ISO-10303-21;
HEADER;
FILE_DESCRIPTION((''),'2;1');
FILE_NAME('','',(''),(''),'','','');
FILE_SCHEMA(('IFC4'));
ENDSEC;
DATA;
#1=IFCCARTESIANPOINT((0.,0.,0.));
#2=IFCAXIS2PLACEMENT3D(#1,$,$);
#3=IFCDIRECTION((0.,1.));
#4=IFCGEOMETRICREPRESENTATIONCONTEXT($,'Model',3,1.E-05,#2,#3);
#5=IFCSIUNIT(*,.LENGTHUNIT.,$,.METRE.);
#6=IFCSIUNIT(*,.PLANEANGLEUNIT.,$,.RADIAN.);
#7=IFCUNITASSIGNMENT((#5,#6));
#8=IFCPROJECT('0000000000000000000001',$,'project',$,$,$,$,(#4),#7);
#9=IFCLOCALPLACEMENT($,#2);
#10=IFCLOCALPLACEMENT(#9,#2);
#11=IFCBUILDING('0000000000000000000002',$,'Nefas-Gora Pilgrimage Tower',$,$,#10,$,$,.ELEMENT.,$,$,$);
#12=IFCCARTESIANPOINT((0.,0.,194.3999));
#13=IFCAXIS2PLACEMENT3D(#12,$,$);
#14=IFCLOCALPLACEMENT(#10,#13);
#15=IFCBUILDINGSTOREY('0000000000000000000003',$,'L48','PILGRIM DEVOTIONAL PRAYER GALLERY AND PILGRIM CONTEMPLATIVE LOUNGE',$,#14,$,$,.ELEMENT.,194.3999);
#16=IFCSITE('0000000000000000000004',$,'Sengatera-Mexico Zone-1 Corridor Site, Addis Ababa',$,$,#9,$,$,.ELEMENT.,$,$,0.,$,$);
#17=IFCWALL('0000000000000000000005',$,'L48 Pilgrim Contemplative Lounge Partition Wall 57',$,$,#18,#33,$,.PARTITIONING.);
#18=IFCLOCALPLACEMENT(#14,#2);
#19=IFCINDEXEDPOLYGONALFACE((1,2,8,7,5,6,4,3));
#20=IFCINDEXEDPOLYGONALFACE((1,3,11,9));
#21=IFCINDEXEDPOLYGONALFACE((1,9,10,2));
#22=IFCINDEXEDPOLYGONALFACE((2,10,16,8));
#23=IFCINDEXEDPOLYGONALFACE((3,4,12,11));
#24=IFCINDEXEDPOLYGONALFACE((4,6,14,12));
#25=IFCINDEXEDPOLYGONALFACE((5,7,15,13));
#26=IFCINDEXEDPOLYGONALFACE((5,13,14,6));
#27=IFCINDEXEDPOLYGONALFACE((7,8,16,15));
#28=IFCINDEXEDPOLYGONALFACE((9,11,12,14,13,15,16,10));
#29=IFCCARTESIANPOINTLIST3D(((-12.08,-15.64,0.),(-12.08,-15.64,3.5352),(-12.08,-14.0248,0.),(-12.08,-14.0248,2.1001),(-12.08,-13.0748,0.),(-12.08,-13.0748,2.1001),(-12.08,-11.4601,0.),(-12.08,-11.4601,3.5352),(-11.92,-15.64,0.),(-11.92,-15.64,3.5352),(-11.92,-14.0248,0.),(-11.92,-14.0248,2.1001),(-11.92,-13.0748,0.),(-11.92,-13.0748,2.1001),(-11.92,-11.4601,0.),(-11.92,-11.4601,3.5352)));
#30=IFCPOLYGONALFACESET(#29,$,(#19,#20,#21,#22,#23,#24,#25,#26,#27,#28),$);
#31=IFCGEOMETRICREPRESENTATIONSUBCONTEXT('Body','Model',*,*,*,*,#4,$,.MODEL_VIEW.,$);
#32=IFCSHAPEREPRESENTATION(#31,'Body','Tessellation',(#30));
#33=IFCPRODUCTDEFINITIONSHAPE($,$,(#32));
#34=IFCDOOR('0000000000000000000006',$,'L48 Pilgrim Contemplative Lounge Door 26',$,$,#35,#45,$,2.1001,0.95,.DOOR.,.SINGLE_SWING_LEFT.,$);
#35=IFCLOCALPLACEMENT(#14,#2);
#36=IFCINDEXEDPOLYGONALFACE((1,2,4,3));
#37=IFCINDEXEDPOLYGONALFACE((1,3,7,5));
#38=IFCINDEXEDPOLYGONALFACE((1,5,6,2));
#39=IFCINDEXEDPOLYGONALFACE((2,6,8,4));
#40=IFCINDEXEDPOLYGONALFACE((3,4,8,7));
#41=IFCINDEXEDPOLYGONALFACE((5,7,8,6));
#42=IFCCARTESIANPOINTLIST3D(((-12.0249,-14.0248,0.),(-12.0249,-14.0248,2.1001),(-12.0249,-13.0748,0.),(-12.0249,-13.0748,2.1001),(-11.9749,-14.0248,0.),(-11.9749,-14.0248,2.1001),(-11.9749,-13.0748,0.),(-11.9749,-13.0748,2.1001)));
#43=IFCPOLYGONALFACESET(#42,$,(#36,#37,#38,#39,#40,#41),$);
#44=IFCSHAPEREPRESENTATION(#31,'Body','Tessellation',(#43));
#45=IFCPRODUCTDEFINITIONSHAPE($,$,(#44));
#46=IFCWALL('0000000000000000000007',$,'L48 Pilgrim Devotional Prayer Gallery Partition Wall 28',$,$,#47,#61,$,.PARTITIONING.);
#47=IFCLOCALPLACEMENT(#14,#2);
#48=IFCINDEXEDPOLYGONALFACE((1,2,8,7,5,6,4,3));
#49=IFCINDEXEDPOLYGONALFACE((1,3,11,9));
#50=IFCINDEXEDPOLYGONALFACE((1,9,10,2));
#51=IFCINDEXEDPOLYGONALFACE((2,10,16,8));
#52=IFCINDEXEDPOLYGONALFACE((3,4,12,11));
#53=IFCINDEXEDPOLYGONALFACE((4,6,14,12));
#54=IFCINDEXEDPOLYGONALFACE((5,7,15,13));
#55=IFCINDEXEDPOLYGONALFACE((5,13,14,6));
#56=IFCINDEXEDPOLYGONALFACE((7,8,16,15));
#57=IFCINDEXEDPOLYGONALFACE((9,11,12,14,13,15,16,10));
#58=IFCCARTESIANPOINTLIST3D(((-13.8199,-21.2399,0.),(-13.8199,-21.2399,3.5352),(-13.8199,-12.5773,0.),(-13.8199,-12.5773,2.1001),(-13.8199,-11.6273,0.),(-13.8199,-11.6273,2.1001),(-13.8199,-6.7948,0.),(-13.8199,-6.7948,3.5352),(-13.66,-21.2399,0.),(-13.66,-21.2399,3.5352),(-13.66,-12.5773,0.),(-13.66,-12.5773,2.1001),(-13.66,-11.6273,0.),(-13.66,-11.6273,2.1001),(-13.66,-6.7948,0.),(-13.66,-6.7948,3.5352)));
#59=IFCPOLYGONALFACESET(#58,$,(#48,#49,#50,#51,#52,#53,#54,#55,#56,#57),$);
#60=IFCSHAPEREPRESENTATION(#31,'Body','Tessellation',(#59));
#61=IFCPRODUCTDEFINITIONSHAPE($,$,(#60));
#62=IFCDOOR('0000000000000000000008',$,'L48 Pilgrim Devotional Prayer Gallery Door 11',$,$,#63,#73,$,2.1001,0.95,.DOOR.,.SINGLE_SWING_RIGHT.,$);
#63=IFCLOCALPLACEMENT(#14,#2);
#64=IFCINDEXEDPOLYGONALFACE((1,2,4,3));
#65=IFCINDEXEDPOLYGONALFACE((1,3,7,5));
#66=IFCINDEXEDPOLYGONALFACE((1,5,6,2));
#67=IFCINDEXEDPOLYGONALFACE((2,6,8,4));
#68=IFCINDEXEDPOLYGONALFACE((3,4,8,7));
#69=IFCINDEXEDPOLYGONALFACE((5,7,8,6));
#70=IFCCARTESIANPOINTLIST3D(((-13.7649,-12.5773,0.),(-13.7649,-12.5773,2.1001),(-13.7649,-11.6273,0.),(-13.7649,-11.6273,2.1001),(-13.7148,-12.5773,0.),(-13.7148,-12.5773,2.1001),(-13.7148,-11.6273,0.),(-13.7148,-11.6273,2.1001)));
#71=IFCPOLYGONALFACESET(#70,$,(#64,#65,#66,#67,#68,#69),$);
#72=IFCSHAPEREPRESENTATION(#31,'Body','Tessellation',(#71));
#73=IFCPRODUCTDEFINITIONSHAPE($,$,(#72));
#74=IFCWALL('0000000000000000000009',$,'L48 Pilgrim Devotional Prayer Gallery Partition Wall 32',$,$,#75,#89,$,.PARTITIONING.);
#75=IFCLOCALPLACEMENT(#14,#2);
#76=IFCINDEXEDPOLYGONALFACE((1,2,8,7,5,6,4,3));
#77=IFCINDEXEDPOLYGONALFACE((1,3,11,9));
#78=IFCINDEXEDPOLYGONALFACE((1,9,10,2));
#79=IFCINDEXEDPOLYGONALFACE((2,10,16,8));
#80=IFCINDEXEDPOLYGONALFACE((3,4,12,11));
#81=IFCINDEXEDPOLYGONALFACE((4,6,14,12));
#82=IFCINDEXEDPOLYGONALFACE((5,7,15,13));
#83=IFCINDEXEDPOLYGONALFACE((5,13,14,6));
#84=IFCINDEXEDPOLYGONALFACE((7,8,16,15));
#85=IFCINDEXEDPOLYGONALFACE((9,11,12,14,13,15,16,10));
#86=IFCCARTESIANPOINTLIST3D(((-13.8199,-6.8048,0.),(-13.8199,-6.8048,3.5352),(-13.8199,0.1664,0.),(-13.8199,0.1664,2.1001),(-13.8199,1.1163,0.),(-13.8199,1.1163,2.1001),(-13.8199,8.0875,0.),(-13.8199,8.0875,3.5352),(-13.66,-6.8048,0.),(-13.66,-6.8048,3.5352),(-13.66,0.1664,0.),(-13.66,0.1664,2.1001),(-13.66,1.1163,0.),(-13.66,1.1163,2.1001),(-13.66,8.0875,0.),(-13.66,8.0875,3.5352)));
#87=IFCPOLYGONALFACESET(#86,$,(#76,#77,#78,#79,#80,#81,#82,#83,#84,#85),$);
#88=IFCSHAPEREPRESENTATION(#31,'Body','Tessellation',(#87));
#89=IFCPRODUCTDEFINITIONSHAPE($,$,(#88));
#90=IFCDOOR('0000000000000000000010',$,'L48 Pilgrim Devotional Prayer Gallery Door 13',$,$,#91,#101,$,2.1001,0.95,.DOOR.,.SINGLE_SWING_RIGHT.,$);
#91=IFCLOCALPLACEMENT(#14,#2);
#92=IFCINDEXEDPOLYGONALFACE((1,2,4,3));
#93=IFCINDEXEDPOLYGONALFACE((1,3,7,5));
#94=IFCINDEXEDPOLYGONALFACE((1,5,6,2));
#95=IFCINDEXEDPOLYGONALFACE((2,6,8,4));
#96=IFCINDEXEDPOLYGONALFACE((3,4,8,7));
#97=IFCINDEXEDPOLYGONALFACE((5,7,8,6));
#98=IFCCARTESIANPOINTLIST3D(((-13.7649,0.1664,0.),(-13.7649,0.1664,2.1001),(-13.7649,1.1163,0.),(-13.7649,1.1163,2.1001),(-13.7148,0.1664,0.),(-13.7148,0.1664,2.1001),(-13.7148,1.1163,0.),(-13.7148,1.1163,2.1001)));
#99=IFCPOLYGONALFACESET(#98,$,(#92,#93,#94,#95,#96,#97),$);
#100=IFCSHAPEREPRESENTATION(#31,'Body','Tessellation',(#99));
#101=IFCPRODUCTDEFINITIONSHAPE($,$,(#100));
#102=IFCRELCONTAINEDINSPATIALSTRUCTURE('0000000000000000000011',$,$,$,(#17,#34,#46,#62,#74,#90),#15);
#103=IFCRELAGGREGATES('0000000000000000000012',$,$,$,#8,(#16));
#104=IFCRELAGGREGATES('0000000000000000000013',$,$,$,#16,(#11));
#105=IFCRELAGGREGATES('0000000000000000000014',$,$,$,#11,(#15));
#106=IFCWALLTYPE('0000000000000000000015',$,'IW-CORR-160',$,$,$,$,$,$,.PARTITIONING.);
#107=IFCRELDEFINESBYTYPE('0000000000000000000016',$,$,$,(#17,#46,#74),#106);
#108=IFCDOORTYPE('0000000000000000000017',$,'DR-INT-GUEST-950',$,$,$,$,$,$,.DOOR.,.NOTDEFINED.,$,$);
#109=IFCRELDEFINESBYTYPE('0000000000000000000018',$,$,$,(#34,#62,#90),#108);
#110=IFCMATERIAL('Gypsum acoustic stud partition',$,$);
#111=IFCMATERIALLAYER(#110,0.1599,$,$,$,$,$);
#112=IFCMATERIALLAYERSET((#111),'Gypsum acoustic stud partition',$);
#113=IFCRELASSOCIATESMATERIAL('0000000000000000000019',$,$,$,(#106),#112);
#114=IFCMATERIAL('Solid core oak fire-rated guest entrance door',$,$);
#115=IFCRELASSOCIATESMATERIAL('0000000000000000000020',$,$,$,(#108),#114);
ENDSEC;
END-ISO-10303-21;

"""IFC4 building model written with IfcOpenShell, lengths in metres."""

from ifc_helpers import new_model, si_unit, direction, frame, frame_2d, origin, place, context, subcontext, project, spatial, rectangle, extrude, source, transform, mapped, material, layer, layer_set, type_object, element, fill, save


model = new_model("IFC4")

# Units and contexts
model_context = context("Model", 3, precision=1e-05, world=origin(), true_north=direction((0.0, 1.0)))
body_context = subcontext(model_context, "Body", "Model", "MODEL_VIEW")
ifc_project = project(units=[si_unit("LENGTHUNIT", "METRE"), si_unit("PLANEANGLEUNIT", "RADIAN")], contexts=[model_context])

# Site, building, storey
site_placement = place(None, origin())
site = spatial("IfcSite", under=ifc_project, at=site_placement, Name="Sengatera-Mexico Zone-1 Corridor Site, Addis Ababa", CompositionType="ELEMENT", RefElevation=0.0)
building_placement = place(site_placement, origin())
building = spatial("IfcBuilding", under=site, at=building_placement, Name="Nefas-Gora Pilgrimage Tower", CompositionType="ELEMENT")
storey_placement = place(building_placement, frame((0.0, 0.0, 194.3999)))
storey = spatial("IfcBuildingStorey", under=building, at=storey_placement, Name="L48", Description="PILGRIM DEVOTIONAL PRAYER GALLERY AND PILGRIM CONTEMPLATIVE LOUNGE", CompositionType="ELEMENT", Elevation=194.3999)

# Walls, openings, doors
ifc_material_1 = material(Name="Gypsum acoustic stud partition")
ifc_layer_1 = layer(ifc_material_1, 0.1599)
ifc_layer_set_1 = layer_set([ifc_layer_1], Name="Gypsum acoustic stud partition")
wall_type_1 = type_object("IfcWallType", Name="IW-CORR-160", PredefinedType="PARTITIONING", material=ifc_layer_set_1)
ifc_material_2 = material(Name="Solid core oak fire-rated guest entrance door")
door_type = type_object("IfcDoorType", Name="DR-INT-GUEST-950", OperationType="NOTDEFINED", PredefinedType="DOOR", material=ifc_material_2)
shared_shape_1 = source(origin(), body_context, "Body", "SweptSolid", [
    extrude(rectangle(XDim=0.95, YDim=2.1001, at=frame_2d((0.4751, 1.05))), frame((0.0, 0.0249, 0.0), z_axis=(0.0, -1.0, 0.0), x_axis=(1.0, 0.0, 0.0)), (0.0, 0.0, 1.0), 0.05),
])
shared_shape_2 = source(origin(), body_context, "Body", "SweptSolid", [
    extrude(rectangle(XDim=4.1799, YDim=0.1599, at=frame_2d((2.0898, 0.0))), origin(), (0.0, 0.0, 1.0), 3.5352),
])
wall_1_placement = place(storey_placement, frame((-12.0, -15.6399, 0.0), z_axis=(0.0, 0.0, 1.0), x_axis=(0.0, 1.0, 0.0)))
wall_1 = element("IfcWall", 1, at=wall_1_placement, inside=storey, type_object=wall_type_1, Name="L48 Pilgrim Contemplative Lounge Partition Wall 57", PredefinedType="PARTITIONING", context=body_context, shape_type="MappedRepresentation", body=[
    mapped(shared_shape_2, transform((0.0, 0.0, 0.0), x_axis=(1.0, 0.0, 0.0), y_axis=(0.0, 1.0, 0.0), z_axis=(0.0, 0.0, 1.0), scale=1.0)),
])
opening_1_placement = place(wall_1_placement, frame((1.615, 0.0, 0.0)))
opening_1 = element("IfcOpeningElement", 2, at=opening_1_placement, cuts=wall_1, PredefinedType="OPENING", context=body_context, shape_type="SweptSolid", body=[
    extrude(rectangle(XDim=0.95, YDim=2.1001, at=frame_2d((0.4751, 1.05))), frame((0.0, 0.0898, 0.0), z_axis=(0.0, -1.0, 0.0), x_axis=(1.0, 0.0, 0.0)), (0.0, 0.0, 1.0), 0.1799),
])
door_1_placement = place(opening_1_placement, origin())
door_1 = element("IfcDoor", 3, at=door_1_placement, inside=storey, type_object=door_type, Name="L48 Pilgrim Contemplative Lounge Door 26", OperationType="SINGLE_SWING_LEFT", OverallHeight=2.1001, OverallWidth=0.95, PredefinedType="DOOR", context=body_context, shape_type="MappedRepresentation", body=[
    mapped(shared_shape_1, transform((0.0, 0.0, 0.0), x_axis=(1.0, 0.0, 0.0), y_axis=(0.0, 1.0, 0.0), z_axis=(0.0, 0.0, 1.0), scale=1.0)),
])
fill(opening_1, door_1)
shared_shape_3 = source(origin(), body_context, "Body", "SweptSolid", [
    extrude(rectangle(XDim=14.4451, YDim=0.1599, at=frame_2d((7.2227, 0.0))), origin(), (0.0, 0.0, 1.0), 3.5352),
])
wall_2_placement = place(storey_placement, frame((-13.74, -21.24, 0.0), z_axis=(0.0, 0.0, 1.0), x_axis=(0.0, 1.0, 0.0)))
wall_2 = element("IfcWall", 4, at=wall_2_placement, inside=storey, type_object=wall_type_1, Name="L48 Pilgrim Devotional Prayer Gallery Partition Wall 28", PredefinedType="PARTITIONING", context=body_context, shape_type="MappedRepresentation", body=[
    mapped(shared_shape_3, transform((0.0, 0.0, 0.0), x_axis=(1.0, 0.0, 0.0), y_axis=(0.0, 1.0, 0.0), z_axis=(0.0, 0.0, 1.0), scale=1.0)),
])
opening_2_placement = place(wall_2_placement, frame((8.6626, 0.0, 0.0)))
opening_2 = element("IfcOpeningElement", 5, at=opening_2_placement, cuts=wall_2, PredefinedType="OPENING", context=body_context, shape_type="SweptSolid", body=[
    extrude(rectangle(XDim=0.95, YDim=2.1001, at=frame_2d((0.4751, 1.05))), frame((0.0, 0.0898, 0.0), z_axis=(0.0, -1.0, 0.0), x_axis=(1.0, 0.0, 0.0)), (0.0, 0.0, 1.0), 0.1799),
])
door_2_placement = place(opening_2_placement, origin())
door_2 = element("IfcDoor", 6, at=door_2_placement, inside=storey, type_object=door_type, Name="L48 Pilgrim Devotional Prayer Gallery Door 11", OperationType="SINGLE_SWING_RIGHT", OverallHeight=2.1001, OverallWidth=0.95, PredefinedType="DOOR", context=body_context, shape_type="MappedRepresentation", body=[
    mapped(shared_shape_1, transform((0.0, 0.0, 0.0), x_axis=(1.0, 0.0, 0.0), y_axis=(0.0, 1.0, 0.0), z_axis=(0.0, 0.0, 1.0), scale=1.0)),
])
fill(opening_2, door_2)
shared_shape_4 = source(origin(), body_context, "Body", "SweptSolid", [
    extrude(rectangle(XDim=14.8923, YDim=0.1599, at=frame_2d((7.4463, 0.0))), origin(), (0.0, 0.0, 1.0), 3.5352),
])
wall_3_placement = place(storey_placement, frame((-13.74, -6.8049, 0.0), z_axis=(0.0, 0.0, 1.0), x_axis=(0.0, 1.0, 0.0)))
wall_3 = element("IfcWall", 7, at=wall_3_placement, inside=storey, type_object=wall_type_1, Name="L48 Pilgrim Devotional Prayer Gallery Partition Wall 32", PredefinedType="PARTITIONING", context=body_context, shape_type="MappedRepresentation", body=[
    mapped(shared_shape_4, transform((0.0, 0.0, 0.0), x_axis=(1.0, 0.0, 0.0), y_axis=(0.0, 1.0, 0.0), z_axis=(0.0, 0.0, 1.0), scale=1.0)),
])
opening_3_placement = place(wall_3_placement, frame((6.9712, 0.0, 0.0)))
opening_3 = element("IfcOpeningElement", 8, at=opening_3_placement, cuts=wall_3, PredefinedType="OPENING", context=body_context, shape_type="SweptSolid", body=[
    extrude(rectangle(XDim=0.95, YDim=2.1001, at=frame_2d((0.4751, 1.05))), frame((0.0, 0.0898, 0.0), z_axis=(0.0, -1.0, 0.0), x_axis=(1.0, 0.0, 0.0)), (0.0, 0.0, 1.0), 0.1799),
])
door_3_placement = place(opening_3_placement, origin())
door_3 = element("IfcDoor", 9, at=door_3_placement, inside=storey, type_object=door_type, Name="L48 Pilgrim Devotional Prayer Gallery Door 13", OperationType="SINGLE_SWING_RIGHT", OverallHeight=2.1001, OverallWidth=0.95, PredefinedType="DOOR", context=body_context, shape_type="MappedRepresentation", body=[
    mapped(shared_shape_1, transform((0.0, 0.0, 0.0), x_axis=(1.0, 0.0, 0.0), y_axis=(0.0, 1.0, 0.0), z_axis=(0.0, 0.0, 1.0), scale=1.0)),
])
fill(opening_3, door_3)

save(model, "model.ifc")
